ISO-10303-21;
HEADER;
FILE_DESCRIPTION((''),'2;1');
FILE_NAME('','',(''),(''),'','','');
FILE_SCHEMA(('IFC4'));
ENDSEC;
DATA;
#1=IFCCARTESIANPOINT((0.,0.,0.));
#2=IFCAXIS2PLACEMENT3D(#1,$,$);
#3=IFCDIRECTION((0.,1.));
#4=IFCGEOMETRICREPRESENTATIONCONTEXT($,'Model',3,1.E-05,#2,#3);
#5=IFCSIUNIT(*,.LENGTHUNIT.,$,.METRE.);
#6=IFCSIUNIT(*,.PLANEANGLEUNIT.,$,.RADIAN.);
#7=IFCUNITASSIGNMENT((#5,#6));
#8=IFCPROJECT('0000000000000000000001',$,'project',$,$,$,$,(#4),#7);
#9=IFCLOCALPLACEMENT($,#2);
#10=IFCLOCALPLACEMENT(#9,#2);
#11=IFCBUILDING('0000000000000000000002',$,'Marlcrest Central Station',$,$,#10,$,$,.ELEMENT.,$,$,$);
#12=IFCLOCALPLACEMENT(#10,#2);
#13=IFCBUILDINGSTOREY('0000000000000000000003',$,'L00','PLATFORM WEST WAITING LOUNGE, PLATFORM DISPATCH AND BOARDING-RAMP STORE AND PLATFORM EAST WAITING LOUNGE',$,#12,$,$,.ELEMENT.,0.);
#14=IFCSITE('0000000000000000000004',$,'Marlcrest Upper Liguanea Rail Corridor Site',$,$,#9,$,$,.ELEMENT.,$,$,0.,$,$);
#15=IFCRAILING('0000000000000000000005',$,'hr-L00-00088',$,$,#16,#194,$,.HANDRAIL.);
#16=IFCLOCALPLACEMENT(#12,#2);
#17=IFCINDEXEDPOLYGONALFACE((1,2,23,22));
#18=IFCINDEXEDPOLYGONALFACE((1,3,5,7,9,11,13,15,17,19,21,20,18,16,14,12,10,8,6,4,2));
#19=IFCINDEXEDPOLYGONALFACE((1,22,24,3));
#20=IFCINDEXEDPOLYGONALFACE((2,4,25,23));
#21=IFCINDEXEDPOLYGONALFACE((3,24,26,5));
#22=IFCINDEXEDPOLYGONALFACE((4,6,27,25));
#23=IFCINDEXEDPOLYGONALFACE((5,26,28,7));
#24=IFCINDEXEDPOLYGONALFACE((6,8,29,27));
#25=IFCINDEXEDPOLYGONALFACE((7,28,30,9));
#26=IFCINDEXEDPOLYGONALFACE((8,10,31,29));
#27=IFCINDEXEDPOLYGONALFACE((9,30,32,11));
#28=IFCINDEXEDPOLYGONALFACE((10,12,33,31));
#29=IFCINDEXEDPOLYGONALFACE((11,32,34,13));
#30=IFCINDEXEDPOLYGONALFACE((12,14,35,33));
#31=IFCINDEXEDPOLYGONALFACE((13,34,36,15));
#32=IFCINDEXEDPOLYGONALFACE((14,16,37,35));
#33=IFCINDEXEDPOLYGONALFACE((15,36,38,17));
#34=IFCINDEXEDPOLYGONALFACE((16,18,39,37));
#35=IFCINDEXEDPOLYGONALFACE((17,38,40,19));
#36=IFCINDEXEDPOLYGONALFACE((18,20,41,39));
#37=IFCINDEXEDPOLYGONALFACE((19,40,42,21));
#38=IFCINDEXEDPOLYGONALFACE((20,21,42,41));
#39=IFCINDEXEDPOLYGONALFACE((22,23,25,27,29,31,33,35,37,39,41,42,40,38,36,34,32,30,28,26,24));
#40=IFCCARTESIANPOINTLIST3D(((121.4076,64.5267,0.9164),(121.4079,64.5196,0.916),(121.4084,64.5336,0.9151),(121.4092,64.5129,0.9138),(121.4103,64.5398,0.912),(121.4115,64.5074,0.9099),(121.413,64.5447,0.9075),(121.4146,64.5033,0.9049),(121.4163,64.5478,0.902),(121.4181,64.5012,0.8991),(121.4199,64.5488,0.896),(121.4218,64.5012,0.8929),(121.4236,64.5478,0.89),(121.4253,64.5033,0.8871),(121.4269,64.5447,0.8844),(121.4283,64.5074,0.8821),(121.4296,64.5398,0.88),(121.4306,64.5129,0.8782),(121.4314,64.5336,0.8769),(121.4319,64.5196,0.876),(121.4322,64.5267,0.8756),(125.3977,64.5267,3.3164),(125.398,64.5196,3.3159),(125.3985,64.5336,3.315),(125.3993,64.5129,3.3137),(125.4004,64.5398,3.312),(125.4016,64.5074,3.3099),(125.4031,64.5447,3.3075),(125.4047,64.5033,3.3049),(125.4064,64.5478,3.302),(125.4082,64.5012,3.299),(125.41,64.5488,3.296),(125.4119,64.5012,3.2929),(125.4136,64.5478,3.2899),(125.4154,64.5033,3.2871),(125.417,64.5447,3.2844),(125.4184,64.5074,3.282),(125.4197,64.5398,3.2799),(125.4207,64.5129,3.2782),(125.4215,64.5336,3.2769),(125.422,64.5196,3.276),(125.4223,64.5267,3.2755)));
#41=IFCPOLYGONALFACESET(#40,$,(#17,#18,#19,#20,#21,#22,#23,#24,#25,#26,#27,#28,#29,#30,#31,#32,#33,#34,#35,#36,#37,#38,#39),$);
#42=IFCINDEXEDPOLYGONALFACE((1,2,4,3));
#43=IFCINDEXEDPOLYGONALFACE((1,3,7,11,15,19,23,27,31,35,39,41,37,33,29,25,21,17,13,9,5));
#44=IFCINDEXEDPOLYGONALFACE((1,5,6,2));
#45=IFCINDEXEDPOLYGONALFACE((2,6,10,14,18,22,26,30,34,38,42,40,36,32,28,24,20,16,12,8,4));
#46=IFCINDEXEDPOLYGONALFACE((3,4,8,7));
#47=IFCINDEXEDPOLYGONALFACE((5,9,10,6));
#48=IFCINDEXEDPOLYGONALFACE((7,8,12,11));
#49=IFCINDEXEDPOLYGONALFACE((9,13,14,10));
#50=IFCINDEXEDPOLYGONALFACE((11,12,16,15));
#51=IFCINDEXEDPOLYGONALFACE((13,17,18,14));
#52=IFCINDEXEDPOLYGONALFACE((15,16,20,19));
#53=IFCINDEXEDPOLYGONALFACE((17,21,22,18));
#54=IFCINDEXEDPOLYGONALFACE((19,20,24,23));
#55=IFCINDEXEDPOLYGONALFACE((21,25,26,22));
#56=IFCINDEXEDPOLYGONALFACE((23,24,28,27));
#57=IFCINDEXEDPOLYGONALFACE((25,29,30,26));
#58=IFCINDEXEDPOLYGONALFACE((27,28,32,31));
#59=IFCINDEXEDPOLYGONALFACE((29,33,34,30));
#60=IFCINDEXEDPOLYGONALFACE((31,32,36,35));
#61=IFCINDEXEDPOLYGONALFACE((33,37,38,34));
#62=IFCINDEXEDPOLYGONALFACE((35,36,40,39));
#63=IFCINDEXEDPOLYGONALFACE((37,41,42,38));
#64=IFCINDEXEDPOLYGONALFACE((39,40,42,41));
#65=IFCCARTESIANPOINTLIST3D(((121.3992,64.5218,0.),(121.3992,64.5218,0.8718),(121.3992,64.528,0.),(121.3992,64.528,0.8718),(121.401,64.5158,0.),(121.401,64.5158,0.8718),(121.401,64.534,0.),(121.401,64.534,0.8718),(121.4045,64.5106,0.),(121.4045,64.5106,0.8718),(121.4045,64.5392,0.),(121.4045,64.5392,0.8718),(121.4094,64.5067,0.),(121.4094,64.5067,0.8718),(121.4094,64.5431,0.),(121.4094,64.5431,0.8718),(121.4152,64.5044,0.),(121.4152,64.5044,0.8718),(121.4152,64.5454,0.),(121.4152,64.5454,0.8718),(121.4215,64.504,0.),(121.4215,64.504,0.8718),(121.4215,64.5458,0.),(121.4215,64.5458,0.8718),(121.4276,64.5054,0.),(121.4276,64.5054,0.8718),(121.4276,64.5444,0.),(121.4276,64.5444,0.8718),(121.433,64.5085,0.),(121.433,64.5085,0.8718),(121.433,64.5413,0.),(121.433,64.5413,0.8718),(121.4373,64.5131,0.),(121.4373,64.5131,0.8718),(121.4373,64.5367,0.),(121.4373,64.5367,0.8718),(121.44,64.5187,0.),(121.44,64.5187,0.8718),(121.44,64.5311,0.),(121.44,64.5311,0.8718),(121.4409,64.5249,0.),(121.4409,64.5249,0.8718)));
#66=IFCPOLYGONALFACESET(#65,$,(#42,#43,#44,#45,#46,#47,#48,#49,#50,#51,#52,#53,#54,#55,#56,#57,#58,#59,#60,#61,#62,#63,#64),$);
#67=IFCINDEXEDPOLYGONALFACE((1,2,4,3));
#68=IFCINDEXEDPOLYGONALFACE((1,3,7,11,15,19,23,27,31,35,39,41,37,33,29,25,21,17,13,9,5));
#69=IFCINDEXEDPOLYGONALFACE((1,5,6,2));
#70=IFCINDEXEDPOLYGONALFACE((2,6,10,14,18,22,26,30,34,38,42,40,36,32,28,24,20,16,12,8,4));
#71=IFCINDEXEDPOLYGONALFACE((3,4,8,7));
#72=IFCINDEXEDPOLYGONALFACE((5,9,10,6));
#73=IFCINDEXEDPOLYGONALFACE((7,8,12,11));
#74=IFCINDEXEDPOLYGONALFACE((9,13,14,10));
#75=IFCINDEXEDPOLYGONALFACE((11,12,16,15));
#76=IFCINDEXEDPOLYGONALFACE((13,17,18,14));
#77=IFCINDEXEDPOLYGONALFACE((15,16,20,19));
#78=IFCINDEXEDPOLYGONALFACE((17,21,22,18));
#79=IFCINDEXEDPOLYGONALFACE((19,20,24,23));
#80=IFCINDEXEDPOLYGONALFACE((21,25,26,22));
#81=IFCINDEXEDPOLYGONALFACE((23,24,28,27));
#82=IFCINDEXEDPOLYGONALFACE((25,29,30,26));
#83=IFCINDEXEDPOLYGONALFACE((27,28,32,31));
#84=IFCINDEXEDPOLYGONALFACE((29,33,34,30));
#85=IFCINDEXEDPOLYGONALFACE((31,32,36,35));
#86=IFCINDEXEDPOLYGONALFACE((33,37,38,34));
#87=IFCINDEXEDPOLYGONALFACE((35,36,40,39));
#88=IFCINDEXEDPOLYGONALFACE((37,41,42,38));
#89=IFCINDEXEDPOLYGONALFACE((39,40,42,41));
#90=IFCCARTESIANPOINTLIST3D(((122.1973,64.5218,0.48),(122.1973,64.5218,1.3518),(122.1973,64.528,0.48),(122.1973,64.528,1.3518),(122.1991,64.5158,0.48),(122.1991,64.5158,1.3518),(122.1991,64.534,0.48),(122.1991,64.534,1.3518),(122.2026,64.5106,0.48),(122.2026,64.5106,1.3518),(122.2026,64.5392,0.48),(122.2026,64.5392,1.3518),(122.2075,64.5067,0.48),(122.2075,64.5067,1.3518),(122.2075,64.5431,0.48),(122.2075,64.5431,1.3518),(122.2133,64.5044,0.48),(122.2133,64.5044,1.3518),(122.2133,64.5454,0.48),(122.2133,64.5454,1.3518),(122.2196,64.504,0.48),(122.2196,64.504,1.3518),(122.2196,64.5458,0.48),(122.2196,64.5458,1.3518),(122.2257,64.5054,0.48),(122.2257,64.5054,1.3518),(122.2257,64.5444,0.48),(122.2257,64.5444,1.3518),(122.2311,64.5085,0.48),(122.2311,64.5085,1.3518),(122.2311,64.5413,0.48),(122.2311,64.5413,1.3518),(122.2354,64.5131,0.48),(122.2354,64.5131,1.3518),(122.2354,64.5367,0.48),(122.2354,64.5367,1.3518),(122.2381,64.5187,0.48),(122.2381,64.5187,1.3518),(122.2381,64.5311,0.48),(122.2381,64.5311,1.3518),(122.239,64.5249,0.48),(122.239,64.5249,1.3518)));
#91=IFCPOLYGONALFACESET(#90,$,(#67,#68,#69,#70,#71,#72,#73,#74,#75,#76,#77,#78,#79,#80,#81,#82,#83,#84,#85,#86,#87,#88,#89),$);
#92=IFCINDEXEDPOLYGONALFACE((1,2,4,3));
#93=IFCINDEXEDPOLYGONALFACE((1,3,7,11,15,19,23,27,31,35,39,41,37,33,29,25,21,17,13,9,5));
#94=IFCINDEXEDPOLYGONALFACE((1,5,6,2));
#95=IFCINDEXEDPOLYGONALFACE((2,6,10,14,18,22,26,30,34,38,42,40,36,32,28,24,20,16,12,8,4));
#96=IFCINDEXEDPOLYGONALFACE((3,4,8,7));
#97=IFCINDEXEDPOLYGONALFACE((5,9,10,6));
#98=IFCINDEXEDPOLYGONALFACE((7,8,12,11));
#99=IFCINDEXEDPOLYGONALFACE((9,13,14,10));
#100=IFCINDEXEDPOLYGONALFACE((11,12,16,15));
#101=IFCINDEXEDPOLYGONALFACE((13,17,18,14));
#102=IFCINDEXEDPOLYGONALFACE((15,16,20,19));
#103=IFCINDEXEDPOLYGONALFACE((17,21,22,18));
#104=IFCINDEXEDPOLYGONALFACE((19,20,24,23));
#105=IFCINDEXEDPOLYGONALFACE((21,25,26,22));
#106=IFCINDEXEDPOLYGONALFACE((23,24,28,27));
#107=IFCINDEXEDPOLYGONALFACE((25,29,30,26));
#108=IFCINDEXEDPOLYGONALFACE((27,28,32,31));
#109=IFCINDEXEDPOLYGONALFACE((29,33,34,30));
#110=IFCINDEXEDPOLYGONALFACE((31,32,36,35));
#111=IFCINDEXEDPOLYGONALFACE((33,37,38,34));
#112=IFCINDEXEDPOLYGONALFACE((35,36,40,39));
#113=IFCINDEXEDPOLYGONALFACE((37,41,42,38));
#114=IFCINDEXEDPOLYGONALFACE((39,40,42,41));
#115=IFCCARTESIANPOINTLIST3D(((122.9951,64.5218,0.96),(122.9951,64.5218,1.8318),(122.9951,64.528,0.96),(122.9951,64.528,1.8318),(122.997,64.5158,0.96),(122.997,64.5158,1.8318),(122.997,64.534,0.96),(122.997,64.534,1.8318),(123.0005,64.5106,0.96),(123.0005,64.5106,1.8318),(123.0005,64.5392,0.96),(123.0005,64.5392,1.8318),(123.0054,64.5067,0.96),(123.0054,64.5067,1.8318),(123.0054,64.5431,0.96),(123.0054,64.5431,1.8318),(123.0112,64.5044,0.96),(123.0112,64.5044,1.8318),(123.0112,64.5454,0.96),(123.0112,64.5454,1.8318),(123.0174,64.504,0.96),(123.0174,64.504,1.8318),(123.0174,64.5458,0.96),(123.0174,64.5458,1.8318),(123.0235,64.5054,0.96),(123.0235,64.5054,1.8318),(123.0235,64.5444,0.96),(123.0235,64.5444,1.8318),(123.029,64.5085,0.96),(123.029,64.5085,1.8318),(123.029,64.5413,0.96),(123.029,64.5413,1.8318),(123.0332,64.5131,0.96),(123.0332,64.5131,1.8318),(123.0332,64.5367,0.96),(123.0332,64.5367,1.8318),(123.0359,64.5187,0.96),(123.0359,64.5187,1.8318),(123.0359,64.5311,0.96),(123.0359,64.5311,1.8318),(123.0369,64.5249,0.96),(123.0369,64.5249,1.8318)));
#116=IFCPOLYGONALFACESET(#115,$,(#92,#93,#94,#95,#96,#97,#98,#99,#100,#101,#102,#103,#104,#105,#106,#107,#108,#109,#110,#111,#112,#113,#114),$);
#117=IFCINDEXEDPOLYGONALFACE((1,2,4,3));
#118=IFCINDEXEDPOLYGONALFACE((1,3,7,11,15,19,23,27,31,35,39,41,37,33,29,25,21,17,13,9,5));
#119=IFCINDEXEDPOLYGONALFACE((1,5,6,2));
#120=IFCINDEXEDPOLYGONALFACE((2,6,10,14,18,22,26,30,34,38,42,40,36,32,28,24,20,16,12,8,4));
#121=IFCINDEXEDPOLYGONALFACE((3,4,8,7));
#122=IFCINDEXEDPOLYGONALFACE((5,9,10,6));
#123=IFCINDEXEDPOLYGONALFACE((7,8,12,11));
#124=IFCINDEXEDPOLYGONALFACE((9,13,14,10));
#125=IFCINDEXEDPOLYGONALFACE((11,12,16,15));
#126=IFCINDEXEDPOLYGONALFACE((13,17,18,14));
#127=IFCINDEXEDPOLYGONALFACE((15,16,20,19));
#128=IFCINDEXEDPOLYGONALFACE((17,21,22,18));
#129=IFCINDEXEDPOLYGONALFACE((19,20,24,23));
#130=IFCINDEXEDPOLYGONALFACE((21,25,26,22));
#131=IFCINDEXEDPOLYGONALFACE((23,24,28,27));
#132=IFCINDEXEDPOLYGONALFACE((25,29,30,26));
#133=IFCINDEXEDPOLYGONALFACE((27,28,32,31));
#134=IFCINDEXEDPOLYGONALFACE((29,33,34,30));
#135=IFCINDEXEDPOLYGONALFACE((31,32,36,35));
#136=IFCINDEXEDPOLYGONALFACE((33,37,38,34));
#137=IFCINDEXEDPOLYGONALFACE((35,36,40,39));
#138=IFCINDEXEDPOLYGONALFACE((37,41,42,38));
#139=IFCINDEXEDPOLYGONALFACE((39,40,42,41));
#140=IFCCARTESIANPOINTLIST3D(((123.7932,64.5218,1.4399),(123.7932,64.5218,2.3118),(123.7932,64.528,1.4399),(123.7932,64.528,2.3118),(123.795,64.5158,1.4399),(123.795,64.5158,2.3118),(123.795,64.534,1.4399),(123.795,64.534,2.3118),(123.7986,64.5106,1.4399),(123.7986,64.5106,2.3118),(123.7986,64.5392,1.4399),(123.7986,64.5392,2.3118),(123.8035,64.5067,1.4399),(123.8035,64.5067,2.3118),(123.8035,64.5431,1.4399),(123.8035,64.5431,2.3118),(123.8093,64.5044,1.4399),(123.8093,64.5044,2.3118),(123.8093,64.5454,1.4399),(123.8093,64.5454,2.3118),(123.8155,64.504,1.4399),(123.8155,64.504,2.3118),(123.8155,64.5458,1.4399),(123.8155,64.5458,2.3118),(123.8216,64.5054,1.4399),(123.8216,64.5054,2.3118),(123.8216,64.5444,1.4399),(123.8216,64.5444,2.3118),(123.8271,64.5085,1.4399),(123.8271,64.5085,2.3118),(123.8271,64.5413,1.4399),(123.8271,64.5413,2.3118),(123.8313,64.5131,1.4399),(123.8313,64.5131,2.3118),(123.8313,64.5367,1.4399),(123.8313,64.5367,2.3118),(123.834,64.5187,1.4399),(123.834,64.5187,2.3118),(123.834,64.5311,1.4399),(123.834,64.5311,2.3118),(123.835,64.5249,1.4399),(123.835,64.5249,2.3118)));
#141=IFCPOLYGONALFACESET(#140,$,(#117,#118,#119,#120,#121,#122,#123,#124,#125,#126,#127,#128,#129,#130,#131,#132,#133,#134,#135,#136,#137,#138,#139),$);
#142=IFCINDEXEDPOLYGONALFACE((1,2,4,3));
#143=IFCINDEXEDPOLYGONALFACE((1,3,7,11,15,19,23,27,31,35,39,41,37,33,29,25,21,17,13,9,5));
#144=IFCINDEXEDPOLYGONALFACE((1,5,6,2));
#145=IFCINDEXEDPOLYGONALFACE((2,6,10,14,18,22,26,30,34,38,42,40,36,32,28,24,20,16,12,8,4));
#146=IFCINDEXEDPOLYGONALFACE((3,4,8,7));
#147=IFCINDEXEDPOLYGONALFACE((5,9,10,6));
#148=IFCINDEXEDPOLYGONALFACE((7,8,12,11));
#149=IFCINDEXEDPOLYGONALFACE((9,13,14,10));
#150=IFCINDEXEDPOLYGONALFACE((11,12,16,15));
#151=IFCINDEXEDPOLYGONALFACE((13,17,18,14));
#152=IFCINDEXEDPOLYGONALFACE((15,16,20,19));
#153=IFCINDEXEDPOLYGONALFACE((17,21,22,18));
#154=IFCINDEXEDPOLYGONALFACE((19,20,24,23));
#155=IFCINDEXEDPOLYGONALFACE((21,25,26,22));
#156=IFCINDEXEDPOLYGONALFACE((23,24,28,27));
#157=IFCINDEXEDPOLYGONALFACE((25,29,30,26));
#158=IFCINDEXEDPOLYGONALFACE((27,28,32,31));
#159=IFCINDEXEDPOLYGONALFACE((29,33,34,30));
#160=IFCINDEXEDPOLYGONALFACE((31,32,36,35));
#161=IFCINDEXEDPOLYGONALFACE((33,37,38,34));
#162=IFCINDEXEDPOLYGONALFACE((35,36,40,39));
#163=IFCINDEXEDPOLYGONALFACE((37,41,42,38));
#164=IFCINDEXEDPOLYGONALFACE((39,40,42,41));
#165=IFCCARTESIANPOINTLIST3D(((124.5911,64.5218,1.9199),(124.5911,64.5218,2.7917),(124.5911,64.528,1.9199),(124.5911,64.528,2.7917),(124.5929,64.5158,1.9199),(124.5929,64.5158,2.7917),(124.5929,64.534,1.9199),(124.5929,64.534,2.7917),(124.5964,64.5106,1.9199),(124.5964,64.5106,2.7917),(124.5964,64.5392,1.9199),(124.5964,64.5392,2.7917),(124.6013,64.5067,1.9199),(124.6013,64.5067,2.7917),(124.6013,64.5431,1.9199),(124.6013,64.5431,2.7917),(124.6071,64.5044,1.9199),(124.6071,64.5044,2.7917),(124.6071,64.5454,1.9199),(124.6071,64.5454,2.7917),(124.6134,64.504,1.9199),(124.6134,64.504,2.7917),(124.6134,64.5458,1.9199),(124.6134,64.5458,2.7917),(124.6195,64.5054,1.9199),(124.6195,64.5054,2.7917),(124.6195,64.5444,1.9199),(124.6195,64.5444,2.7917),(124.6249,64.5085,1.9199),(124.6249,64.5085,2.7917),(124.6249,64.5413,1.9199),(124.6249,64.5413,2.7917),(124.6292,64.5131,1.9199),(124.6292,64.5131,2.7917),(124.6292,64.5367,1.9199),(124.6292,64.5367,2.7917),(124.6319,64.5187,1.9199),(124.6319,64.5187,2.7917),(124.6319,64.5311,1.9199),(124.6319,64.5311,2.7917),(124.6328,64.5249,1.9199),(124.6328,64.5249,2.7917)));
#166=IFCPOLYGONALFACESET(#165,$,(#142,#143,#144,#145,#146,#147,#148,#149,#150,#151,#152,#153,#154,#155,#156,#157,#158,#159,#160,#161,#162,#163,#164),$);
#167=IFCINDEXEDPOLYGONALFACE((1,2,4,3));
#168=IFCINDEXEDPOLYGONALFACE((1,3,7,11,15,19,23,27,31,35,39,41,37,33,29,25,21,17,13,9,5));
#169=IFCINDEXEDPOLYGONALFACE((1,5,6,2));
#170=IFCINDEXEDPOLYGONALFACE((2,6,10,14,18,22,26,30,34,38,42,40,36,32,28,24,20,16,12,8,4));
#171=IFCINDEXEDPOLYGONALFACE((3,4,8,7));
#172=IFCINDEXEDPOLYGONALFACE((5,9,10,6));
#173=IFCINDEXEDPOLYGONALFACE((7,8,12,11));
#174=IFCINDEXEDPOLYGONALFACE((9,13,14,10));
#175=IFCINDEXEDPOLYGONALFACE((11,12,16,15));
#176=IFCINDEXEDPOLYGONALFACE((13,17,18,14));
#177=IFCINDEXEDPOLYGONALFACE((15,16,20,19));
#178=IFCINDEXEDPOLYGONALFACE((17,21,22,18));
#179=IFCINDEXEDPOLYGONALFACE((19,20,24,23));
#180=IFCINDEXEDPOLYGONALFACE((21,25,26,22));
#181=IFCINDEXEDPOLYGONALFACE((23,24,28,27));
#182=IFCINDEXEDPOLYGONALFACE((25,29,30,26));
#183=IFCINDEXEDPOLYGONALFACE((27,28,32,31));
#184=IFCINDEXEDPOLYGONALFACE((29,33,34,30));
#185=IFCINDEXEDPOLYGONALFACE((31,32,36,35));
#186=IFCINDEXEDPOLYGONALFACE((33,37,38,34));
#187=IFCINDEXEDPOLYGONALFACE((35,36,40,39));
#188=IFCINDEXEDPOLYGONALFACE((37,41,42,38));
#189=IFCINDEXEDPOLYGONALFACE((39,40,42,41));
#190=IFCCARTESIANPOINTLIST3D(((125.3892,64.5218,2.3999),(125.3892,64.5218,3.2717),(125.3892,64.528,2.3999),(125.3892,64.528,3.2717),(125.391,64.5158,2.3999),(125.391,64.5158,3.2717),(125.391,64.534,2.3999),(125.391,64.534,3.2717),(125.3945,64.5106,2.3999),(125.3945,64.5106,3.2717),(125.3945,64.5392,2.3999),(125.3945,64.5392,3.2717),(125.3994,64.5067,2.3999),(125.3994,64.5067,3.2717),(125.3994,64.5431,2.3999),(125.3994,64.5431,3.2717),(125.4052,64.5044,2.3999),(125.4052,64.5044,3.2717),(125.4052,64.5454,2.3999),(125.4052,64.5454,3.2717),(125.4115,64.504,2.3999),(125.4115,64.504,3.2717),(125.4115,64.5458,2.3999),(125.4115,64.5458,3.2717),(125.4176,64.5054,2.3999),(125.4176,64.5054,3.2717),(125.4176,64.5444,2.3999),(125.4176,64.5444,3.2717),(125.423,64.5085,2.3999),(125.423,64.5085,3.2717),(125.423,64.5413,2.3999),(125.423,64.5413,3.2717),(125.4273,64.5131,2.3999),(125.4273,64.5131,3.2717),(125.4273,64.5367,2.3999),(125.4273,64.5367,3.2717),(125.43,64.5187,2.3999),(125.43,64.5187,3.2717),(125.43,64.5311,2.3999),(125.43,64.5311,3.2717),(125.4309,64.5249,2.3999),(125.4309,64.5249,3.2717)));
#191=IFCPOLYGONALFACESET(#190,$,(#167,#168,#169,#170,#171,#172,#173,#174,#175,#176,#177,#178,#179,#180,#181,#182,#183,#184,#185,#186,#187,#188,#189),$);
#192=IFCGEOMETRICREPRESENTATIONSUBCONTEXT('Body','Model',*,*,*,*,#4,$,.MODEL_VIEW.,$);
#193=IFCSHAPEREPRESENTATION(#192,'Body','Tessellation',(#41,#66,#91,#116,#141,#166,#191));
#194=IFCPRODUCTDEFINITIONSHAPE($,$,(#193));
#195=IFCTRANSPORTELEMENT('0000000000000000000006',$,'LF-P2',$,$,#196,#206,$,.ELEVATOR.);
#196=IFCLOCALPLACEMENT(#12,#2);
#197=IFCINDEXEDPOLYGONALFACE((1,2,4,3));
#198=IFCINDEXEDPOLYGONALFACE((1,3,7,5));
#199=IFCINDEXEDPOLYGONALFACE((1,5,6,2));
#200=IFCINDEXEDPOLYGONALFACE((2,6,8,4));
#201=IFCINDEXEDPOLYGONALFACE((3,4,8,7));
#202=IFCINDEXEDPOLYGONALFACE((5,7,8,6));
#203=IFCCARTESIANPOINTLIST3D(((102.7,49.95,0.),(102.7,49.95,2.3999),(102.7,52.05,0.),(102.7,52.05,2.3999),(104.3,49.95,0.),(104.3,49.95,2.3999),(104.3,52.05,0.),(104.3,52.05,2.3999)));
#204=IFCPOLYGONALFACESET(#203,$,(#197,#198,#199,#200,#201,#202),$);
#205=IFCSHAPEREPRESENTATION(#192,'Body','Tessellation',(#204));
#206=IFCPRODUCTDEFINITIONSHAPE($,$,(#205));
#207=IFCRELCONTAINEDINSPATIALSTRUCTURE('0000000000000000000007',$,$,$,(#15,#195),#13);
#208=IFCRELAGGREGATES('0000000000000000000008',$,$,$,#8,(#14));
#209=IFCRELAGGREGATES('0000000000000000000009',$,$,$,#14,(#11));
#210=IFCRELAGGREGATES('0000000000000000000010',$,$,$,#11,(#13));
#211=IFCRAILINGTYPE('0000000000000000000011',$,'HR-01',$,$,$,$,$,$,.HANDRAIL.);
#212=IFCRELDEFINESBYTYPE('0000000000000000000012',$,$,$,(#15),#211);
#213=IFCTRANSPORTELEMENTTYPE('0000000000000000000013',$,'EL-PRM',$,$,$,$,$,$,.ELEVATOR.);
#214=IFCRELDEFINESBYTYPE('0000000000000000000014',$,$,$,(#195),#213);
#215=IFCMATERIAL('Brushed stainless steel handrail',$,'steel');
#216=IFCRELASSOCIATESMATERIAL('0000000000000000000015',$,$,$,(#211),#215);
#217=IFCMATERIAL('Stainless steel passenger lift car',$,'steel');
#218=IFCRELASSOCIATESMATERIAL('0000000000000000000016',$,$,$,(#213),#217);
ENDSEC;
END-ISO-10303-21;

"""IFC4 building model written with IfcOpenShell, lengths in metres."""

from ifc_helpers import new_model, si_unit, direction, frame, origin, origin_2d, place, context, subcontext, project, spatial, rectangle, circle, extrude, material, type_object, element, save


model = new_model("IFC4")

# Units and contexts
model_context = context("Model", 3, precision=1e-05, world=origin(), true_north=direction((0.0, 1.0)))
body_context = subcontext(model_context, "Body", "Model", "MODEL_VIEW")
ifc_project = project(units=[si_unit("LENGTHUNIT", "METRE"), si_unit("PLANEANGLEUNIT", "RADIAN")], contexts=[model_context])

# Site, building, storey
site_placement = place(None, origin())
site = spatial("IfcSite", under=ifc_project, at=site_placement, Name="Marlcrest Upper Liguanea Rail Corridor Site", CompositionType="ELEMENT", RefElevation=0.0)
building_placement = place(site_placement, origin())
building = spatial("IfcBuilding", under=site, at=building_placement, Name="Marlcrest Central Station", CompositionType="ELEMENT")
storey_placement = place(building_placement, origin())
storey = spatial("IfcBuildingStorey", under=building, at=storey_placement, Name="L00", Description="PLATFORM WEST WAITING LOUNGE, PLATFORM DISPATCH AND BOARDING-RAMP STORE AND PLATFORM EAST WAITING LOUNGE", CompositionType="ELEMENT", Elevation=0.0)

# Railing
ifc_material_1 = material(Name="Brushed stainless steel handrail", Category="steel")
railing_type = type_object("IfcRailingType", Name="HR-01", PredefinedType="HANDRAIL", material=ifc_material_1)
for number, where, name in (
    (1, (121.4199, 64.5249, 0.0), "hr-L00-00088"),
):
    element("IfcRailing", number, at=place(storey_placement, frame(where)), inside=storey, type_object=railing_type, Name=name, PredefinedType="HANDRAIL", context=body_context, shape_type="SweptSolid", body=[
        extrude(circle(Radius=0.0239, at=origin_2d()), frame((0.0, 0.0, 0.896), z_axis=(0.856933, 0.0, 0.515428), x_axis=(0.0, 1.0, 0.0)), (0.0, 0.0, 1.0), 4.6562),
        extrude(circle(Radius=0.021, at=origin_2d()), origin(), (0.0, 0.0, 1.0), 0.8718),
        extrude(circle(Radius=0.021, at=origin_2d()), frame((0.7981, 0.0, 0.48)), (0.0, 0.0, 1.0), 0.8718),
        extrude(circle(Radius=0.021, at=origin_2d()), frame((1.5959, 0.0, 0.96)), (0.0, 0.0, 1.0), 0.8718),
        extrude(circle(Radius=0.021, at=origin_2d()), frame((2.394, 0.0, 1.4399)), (0.0, 0.0, 1.0), 0.8718),
        extrude(circle(Radius=0.021, at=origin_2d()), frame((3.1919, 0.0, 1.9199)), (0.0, 0.0, 1.0), 0.8718),
        extrude(circle(Radius=0.021, at=origin_2d()), frame((3.99, 0.0, 2.3999)), (0.0, 0.0, 1.0), 0.8718),
    ])

# Transport element
ifc_material_2 = material(Name="Stainless steel passenger lift car", Category="steel")
transport_element_type = type_object("IfcTransportElementType", Name="EL-PRM", PredefinedType="ELEVATOR", material=ifc_material_2)
for number, where, z_axis, x_axis, name in (
    (2, (103.5, 51.0, 0.0), (0.0, 0.0, 1.0), (1.0, 0.0, 0.0), "LF-P2"),
):
    element("IfcTransportElement", number, at=place(storey_placement, frame(where, z_axis=z_axis, x_axis=x_axis)), inside=storey, type_object=transport_element_type, Name=name, PredefinedType="ELEVATOR", context=body_context, shape_type="SweptSolid", body=[
        extrude(rectangle(XDim=1.6001, YDim=2.1001, at=origin_2d()), origin(), (0.0, 0.0, 1.0), 2.3999),
    ])

save(model, "model.ifc")
